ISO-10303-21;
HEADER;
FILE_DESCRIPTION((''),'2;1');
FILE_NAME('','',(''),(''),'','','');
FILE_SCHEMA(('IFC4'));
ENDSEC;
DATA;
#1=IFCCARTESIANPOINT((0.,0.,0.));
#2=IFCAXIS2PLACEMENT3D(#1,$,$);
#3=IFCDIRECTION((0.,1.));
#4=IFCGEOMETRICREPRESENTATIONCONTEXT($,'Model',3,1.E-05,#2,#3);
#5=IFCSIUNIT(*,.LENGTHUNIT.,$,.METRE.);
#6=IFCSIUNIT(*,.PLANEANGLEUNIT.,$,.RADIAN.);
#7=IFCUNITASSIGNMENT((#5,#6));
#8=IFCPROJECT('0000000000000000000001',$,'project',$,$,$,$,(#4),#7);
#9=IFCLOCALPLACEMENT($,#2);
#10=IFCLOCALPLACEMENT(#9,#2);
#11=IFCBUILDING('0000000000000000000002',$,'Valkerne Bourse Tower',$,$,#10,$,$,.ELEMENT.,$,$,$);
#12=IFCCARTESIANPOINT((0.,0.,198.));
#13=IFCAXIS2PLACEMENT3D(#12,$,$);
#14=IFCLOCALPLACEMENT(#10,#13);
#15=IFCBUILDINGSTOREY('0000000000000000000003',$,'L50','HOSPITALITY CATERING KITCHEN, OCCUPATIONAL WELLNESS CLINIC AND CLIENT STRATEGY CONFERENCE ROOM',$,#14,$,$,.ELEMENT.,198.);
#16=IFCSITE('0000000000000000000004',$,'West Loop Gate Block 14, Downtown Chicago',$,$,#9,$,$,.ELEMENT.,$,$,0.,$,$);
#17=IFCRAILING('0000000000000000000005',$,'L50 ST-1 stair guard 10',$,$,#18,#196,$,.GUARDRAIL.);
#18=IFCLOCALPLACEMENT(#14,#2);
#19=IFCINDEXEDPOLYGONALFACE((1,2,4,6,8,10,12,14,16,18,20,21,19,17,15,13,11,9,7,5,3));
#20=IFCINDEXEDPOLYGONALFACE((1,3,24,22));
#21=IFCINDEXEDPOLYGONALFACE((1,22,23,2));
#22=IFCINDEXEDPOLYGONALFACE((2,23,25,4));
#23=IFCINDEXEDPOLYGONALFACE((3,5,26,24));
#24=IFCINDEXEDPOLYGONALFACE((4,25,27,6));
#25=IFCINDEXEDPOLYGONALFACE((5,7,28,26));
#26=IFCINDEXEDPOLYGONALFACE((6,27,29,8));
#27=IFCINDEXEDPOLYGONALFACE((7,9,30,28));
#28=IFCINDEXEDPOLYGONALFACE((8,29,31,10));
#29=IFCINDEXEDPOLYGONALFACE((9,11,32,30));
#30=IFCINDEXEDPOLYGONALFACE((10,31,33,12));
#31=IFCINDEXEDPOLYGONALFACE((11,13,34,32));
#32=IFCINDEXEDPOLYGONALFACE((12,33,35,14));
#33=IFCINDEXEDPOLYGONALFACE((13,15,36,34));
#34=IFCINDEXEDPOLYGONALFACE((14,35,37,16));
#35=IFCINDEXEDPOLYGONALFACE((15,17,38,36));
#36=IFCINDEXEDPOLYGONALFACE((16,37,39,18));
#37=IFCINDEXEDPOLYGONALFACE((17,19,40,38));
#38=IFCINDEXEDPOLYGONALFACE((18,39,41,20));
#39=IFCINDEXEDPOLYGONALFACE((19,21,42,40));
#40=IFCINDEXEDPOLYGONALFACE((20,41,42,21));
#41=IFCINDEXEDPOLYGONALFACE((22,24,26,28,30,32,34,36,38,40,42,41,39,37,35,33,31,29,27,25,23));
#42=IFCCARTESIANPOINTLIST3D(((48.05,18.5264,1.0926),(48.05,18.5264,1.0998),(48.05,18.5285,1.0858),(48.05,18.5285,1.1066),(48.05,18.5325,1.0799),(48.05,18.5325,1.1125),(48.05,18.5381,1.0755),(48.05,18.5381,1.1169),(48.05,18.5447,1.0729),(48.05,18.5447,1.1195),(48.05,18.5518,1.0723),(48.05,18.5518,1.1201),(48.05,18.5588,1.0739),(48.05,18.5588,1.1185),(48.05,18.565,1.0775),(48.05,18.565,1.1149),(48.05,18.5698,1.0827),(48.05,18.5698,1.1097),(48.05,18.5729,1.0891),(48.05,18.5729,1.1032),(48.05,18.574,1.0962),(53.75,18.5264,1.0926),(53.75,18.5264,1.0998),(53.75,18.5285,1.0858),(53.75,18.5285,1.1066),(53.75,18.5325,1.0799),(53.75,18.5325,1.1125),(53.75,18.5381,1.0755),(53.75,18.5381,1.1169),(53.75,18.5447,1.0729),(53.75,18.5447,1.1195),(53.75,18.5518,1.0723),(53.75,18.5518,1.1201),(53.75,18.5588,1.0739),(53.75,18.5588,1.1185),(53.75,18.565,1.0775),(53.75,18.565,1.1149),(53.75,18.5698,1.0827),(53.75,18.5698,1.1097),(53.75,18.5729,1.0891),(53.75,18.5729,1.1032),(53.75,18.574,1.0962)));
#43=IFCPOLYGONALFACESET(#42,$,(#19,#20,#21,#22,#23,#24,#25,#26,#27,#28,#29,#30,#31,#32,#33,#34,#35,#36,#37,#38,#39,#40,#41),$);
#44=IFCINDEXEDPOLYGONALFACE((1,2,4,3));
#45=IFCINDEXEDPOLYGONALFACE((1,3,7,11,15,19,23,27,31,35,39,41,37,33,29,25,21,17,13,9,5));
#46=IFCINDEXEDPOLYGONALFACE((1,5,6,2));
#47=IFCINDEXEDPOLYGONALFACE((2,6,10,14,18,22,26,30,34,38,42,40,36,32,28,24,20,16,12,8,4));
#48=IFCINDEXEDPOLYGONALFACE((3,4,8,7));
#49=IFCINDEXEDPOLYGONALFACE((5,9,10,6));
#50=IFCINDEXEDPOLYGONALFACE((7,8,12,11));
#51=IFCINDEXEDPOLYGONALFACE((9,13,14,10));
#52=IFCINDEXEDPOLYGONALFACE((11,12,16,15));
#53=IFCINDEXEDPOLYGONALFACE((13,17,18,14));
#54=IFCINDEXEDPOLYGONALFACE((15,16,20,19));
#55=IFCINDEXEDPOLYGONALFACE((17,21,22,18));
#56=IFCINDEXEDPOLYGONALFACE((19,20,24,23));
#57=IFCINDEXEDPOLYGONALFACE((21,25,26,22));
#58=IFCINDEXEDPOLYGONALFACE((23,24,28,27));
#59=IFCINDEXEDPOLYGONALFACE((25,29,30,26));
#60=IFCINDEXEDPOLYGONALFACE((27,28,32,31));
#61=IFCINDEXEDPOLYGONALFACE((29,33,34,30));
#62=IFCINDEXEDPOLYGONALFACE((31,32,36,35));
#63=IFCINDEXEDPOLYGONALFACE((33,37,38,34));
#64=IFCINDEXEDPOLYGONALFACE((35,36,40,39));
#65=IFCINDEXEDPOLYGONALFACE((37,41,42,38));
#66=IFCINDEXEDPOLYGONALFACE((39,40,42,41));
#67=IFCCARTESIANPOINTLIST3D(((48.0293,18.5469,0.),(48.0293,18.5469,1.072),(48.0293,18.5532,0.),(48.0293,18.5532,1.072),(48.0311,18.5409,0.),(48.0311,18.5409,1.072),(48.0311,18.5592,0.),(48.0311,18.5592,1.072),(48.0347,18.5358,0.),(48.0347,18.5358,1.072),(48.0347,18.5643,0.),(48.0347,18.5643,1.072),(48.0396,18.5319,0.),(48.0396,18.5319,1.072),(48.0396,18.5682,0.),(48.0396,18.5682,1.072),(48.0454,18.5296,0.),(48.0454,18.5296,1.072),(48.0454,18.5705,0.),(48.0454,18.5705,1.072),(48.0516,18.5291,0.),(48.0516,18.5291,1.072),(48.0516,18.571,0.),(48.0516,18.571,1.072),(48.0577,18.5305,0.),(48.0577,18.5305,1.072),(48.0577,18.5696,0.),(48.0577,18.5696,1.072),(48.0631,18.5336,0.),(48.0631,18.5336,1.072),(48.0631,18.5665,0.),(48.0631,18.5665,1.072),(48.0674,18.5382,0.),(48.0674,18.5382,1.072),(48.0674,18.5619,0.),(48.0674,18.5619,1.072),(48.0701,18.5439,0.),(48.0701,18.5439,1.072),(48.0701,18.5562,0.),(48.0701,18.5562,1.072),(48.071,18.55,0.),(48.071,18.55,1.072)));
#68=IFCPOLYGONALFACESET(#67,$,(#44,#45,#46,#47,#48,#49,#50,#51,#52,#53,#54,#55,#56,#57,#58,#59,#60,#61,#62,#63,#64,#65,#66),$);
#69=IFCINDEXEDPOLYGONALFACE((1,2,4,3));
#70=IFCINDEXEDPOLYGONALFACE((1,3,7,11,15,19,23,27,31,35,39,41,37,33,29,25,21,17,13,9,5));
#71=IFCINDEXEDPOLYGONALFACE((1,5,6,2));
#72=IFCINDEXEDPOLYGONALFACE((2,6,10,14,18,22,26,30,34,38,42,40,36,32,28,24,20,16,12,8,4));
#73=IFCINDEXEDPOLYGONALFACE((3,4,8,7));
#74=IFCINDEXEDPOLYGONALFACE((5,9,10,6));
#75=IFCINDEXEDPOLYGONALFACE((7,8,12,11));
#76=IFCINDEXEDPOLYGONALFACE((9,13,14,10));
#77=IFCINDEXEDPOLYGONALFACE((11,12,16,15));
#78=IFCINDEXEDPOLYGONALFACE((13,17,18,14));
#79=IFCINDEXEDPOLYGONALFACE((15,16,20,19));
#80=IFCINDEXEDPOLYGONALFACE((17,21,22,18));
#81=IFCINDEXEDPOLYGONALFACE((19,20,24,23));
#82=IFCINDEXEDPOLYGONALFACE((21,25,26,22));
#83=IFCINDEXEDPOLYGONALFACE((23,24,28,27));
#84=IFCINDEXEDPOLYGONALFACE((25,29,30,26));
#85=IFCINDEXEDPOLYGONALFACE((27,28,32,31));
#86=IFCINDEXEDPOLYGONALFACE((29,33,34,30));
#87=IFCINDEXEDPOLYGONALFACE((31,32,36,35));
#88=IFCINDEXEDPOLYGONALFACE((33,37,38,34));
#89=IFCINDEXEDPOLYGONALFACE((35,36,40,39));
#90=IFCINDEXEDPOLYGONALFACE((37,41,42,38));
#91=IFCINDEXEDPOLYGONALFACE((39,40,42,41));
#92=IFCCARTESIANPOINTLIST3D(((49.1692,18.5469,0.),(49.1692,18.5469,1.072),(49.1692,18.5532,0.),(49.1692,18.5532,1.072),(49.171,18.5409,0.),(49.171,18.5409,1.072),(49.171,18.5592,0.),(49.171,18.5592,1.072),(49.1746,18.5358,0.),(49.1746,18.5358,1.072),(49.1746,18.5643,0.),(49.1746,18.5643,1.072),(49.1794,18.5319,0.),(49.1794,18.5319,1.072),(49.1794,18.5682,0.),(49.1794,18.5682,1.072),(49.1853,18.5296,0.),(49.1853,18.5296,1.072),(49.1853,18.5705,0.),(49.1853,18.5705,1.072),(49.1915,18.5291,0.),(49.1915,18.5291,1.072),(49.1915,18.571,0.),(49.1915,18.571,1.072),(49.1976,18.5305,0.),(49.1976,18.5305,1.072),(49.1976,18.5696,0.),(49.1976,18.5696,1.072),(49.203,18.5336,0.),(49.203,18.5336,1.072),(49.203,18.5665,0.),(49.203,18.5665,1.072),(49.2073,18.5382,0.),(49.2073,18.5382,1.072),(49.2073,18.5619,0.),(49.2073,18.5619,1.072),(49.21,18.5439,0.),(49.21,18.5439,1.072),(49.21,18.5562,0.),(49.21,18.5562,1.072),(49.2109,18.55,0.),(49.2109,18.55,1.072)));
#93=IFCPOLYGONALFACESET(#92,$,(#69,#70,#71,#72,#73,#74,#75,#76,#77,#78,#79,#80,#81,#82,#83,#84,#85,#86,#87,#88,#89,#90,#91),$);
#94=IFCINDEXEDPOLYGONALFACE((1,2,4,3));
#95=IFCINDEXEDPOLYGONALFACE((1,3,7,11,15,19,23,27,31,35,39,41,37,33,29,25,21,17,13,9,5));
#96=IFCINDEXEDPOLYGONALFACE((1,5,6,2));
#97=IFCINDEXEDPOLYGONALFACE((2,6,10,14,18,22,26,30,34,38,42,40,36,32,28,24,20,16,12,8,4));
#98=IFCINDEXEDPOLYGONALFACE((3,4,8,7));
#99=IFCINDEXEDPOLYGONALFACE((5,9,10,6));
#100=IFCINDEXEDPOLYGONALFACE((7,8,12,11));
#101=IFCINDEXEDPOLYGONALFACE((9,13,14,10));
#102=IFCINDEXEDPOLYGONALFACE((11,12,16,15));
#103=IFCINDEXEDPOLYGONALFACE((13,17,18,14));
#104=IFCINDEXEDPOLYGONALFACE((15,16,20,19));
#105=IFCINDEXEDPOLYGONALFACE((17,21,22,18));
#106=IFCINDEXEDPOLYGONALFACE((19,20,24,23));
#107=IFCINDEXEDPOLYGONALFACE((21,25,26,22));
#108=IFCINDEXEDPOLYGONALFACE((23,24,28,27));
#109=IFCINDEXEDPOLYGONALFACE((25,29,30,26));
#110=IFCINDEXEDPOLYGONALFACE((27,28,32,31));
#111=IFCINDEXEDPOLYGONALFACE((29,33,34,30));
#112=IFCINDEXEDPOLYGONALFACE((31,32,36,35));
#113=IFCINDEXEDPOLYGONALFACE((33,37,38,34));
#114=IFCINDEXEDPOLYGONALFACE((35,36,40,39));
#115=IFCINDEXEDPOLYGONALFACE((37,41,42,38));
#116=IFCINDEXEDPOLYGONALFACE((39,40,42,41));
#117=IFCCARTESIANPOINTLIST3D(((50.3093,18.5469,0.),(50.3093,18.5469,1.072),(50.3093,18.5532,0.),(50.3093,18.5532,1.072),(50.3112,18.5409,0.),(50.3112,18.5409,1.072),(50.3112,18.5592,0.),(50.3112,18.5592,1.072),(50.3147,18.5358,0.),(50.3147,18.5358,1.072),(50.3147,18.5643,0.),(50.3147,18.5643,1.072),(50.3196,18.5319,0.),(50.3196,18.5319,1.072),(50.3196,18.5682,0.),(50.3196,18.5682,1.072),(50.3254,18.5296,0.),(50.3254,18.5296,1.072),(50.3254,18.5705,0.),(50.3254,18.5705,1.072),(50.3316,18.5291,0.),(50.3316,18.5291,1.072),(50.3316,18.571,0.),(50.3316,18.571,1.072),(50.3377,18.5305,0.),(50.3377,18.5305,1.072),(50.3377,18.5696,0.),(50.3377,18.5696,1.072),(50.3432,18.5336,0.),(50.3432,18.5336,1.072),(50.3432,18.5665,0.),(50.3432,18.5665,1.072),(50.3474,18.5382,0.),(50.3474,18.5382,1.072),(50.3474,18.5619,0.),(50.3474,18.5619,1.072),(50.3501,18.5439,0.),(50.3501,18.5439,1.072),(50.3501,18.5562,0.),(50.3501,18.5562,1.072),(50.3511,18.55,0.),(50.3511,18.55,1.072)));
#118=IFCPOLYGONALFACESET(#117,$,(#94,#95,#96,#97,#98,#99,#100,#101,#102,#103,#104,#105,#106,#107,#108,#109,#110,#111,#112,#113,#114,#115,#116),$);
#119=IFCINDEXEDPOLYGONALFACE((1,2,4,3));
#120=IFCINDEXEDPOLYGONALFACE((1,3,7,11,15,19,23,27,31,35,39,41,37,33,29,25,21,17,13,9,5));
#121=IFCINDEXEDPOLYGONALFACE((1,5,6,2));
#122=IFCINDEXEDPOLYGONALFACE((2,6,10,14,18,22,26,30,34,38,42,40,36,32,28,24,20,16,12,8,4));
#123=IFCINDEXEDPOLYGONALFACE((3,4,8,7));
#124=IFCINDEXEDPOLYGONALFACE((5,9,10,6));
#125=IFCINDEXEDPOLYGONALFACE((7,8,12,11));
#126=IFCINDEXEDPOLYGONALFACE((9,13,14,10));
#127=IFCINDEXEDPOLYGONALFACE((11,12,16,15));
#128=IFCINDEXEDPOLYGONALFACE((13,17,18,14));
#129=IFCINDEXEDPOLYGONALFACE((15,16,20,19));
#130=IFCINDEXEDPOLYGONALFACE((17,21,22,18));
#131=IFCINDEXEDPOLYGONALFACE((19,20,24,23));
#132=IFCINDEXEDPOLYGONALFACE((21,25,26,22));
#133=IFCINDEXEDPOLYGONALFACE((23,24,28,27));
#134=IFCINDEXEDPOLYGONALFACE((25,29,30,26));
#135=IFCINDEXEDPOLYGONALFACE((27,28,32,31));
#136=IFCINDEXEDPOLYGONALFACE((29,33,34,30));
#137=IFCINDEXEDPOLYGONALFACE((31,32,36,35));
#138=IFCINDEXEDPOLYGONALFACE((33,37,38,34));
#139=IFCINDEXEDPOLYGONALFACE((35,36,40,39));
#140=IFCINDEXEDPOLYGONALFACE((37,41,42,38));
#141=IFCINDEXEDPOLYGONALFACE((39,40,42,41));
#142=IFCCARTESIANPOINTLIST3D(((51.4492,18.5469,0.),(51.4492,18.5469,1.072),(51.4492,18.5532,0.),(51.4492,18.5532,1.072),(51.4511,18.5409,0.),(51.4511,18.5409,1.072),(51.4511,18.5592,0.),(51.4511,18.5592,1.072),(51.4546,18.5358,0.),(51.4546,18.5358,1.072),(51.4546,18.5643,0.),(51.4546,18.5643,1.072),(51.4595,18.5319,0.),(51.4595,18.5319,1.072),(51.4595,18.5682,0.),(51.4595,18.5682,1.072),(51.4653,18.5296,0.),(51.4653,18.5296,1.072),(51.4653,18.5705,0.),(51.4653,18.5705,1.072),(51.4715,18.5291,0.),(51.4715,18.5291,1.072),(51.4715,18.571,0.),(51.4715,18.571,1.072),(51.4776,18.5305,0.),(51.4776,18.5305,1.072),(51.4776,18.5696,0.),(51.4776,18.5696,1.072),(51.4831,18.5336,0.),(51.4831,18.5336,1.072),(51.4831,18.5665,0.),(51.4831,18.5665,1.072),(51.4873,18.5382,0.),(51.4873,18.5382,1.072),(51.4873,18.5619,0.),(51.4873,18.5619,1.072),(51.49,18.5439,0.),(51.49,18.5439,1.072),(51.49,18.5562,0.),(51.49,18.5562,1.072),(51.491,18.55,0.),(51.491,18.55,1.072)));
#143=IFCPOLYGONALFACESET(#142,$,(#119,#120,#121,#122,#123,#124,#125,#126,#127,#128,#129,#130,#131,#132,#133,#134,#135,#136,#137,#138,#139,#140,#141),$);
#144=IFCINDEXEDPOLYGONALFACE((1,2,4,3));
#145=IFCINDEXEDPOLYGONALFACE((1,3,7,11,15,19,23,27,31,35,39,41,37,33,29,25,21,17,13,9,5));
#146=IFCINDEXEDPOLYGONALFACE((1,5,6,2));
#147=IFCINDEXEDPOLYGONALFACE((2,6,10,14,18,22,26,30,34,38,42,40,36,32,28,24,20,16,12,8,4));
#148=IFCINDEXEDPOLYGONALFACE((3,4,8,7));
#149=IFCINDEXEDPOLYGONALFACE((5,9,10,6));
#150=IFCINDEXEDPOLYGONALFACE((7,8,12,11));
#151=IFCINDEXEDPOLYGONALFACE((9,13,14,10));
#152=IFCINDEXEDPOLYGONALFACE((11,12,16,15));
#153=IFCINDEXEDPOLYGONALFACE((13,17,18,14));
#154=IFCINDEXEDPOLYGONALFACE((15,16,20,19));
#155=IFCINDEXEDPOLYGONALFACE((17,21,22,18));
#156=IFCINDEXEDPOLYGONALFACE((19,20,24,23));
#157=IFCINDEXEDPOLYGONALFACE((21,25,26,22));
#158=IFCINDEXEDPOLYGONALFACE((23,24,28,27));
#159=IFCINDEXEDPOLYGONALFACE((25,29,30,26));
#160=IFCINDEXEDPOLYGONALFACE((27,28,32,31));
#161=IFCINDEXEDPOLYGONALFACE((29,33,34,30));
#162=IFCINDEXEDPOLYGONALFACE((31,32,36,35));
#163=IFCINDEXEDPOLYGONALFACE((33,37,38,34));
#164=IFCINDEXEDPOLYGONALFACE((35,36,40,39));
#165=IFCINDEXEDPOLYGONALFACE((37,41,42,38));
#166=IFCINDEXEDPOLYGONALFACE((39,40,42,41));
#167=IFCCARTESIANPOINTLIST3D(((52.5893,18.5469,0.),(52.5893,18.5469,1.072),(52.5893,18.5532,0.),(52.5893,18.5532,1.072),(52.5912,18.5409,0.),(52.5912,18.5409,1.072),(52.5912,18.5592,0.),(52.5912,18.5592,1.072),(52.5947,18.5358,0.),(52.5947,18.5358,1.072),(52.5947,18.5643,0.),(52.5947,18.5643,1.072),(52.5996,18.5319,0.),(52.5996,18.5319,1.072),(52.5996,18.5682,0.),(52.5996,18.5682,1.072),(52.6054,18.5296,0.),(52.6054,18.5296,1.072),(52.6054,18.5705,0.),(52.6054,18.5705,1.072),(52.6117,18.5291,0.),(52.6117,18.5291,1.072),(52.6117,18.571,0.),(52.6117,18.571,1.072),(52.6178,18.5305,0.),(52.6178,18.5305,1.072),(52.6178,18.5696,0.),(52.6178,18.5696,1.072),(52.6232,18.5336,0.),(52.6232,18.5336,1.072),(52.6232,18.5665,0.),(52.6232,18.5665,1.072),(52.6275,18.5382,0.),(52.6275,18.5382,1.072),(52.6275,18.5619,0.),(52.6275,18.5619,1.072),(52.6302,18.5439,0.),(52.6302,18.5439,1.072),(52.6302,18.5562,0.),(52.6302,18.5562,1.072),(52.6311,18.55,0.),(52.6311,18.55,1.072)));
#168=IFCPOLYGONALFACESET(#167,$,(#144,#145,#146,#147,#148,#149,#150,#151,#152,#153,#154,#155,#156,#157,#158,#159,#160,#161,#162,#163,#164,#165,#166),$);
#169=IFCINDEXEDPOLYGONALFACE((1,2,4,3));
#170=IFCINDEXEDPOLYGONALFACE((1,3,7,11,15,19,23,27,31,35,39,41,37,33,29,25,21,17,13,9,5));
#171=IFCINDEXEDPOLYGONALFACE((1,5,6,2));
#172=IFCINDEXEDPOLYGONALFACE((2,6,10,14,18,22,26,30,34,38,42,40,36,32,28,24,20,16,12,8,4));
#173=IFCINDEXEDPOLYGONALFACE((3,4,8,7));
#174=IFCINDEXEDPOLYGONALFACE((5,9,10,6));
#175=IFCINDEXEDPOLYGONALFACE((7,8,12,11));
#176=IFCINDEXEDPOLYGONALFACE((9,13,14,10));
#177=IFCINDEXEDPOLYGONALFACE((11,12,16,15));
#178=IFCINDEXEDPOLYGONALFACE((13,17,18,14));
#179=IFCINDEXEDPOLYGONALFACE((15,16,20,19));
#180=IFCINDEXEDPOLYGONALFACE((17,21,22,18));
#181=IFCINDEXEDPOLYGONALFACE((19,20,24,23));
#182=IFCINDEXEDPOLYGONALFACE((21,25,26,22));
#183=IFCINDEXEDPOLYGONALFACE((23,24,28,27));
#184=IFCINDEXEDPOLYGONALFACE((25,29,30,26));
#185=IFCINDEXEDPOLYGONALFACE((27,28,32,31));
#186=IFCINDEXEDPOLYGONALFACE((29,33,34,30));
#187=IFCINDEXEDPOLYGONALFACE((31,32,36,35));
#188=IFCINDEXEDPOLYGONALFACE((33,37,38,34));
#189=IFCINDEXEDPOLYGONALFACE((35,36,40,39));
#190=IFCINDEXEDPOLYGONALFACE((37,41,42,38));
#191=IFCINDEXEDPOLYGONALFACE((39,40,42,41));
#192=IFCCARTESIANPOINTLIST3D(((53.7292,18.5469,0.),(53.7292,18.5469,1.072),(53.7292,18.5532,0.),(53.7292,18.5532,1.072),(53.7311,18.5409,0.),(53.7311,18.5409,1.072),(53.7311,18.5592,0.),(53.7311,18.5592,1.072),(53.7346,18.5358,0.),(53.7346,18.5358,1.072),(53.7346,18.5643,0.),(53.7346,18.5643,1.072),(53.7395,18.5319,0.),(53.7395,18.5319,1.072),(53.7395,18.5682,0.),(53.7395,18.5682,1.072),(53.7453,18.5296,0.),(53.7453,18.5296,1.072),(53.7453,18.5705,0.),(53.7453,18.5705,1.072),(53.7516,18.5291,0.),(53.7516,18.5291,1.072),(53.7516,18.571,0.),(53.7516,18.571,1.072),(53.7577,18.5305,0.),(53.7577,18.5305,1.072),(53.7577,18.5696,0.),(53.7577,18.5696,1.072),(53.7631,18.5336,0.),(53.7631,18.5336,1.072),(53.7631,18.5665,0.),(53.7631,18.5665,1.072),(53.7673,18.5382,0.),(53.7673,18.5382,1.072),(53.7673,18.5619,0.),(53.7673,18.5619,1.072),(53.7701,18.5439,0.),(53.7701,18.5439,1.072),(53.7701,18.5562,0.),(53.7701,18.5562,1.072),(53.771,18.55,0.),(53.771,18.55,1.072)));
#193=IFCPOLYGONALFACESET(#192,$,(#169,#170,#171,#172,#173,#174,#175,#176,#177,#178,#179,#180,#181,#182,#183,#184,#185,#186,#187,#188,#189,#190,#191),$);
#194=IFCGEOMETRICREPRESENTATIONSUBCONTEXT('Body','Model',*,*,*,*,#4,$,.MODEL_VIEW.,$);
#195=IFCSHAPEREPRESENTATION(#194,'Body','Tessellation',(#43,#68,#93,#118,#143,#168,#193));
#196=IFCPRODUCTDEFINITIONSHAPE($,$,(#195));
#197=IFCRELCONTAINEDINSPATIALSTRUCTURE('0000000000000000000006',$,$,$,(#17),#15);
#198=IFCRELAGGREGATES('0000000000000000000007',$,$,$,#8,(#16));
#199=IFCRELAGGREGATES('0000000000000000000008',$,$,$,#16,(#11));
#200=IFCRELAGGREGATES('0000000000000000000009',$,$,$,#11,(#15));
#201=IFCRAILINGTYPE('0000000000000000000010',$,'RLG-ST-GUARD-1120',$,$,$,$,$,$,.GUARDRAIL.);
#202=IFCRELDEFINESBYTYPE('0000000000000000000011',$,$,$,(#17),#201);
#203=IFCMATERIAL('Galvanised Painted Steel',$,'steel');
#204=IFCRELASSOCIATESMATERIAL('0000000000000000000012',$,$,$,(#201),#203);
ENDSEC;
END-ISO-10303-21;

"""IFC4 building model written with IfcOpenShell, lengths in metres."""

from ifc_helpers import new_model, si_unit, direction, frame, origin, origin_2d, place, context, subcontext, project, spatial, circle, extrude, material, type_object, element, save


model = new_model("IFC4")

# Units and contexts
model_context = context("Model", 3, precision=1e-05, world=origin(), true_north=direction((0.0, 1.0)))
body_context = subcontext(model_context, "Body", "Model", "MODEL_VIEW")
ifc_project = project(units=[si_unit("LENGTHUNIT", "METRE"), si_unit("PLANEANGLEUNIT", "RADIAN")], contexts=[model_context])

# Site, building, storey
site_placement = place(None, origin())
site = spatial("IfcSite", under=ifc_project, at=site_placement, Name="West Loop Gate Block 14, Downtown Chicago", CompositionType="ELEMENT", RefElevation=0.0)
building_placement = place(site_placement, origin())
building = spatial("IfcBuilding", under=site, at=building_placement, Name="Valkerne Bourse Tower", CompositionType="ELEMENT")
storey_placement = place(building_placement, frame((0.0, 0.0, 198.0)))
storey = spatial("IfcBuildingStorey", under=building, at=storey_placement, Name="L50", Description="HOSPITALITY CATERING KITCHEN, OCCUPATIONAL WELLNESS CLINIC AND CLIENT STRATEGY CONFERENCE ROOM", CompositionType="ELEMENT", Elevation=198.0)

# Shared definitions
ifc_material_1 = material(Name="Galvanised Painted Steel", Category="steel")

# Railing
railing_type_1 = type_object("IfcRailingType", Name="RLG-ST-GUARD-1120", PredefinedType="GUARDRAIL", material=ifc_material_1)
for number, where, name in (
    (1, (48.05, 18.55, 0.0), "L50 ST-1 stair guard 10"),
):
    element("IfcRailing", number, at=place(storey_placement, frame(where)), inside=storey, type_object=railing_type_1, Name=name, PredefinedType="GUARDRAIL", context=body_context, shape_type="SweptSolid", body=[
        extrude(circle(Radius=0.0239, at=origin_2d()), frame((0.0, 0.0, 1.0962), z_axis=(1.0, 0.0, 0.0), x_axis=(0.0, 1.0, 0.0)), (0.0, 0.0, 1.0), 5.7),
        extrude(circle(Radius=0.021, at=origin_2d()), origin(), (0.0, 0.0, 1.0), 1.072),
        extrude(circle(Radius=0.021, at=origin_2d()), frame((1.1399, 0.0, 0.0)), (0.0, 0.0, 1.0), 1.072),
        extrude(circle(Radius=0.021, at=origin_2d()), frame((2.28, 0.0, 0.0)), (0.0, 0.0, 1.0), 1.072),
        extrude(circle(Radius=0.021, at=origin_2d()), frame((3.4199, 0.0, 0.0)), (0.0, 0.0, 1.0), 1.072),
        extrude(circle(Radius=0.021, at=origin_2d()), frame((4.5601, 0.0, 0.0)), (0.0, 0.0, 1.0), 1.072),
        extrude(circle(Radius=0.021, at=origin_2d()), frame((5.7, 0.0, 0.0)), (0.0, 0.0, 1.0), 1.072),
    ])

save(model, "model.ifc")
